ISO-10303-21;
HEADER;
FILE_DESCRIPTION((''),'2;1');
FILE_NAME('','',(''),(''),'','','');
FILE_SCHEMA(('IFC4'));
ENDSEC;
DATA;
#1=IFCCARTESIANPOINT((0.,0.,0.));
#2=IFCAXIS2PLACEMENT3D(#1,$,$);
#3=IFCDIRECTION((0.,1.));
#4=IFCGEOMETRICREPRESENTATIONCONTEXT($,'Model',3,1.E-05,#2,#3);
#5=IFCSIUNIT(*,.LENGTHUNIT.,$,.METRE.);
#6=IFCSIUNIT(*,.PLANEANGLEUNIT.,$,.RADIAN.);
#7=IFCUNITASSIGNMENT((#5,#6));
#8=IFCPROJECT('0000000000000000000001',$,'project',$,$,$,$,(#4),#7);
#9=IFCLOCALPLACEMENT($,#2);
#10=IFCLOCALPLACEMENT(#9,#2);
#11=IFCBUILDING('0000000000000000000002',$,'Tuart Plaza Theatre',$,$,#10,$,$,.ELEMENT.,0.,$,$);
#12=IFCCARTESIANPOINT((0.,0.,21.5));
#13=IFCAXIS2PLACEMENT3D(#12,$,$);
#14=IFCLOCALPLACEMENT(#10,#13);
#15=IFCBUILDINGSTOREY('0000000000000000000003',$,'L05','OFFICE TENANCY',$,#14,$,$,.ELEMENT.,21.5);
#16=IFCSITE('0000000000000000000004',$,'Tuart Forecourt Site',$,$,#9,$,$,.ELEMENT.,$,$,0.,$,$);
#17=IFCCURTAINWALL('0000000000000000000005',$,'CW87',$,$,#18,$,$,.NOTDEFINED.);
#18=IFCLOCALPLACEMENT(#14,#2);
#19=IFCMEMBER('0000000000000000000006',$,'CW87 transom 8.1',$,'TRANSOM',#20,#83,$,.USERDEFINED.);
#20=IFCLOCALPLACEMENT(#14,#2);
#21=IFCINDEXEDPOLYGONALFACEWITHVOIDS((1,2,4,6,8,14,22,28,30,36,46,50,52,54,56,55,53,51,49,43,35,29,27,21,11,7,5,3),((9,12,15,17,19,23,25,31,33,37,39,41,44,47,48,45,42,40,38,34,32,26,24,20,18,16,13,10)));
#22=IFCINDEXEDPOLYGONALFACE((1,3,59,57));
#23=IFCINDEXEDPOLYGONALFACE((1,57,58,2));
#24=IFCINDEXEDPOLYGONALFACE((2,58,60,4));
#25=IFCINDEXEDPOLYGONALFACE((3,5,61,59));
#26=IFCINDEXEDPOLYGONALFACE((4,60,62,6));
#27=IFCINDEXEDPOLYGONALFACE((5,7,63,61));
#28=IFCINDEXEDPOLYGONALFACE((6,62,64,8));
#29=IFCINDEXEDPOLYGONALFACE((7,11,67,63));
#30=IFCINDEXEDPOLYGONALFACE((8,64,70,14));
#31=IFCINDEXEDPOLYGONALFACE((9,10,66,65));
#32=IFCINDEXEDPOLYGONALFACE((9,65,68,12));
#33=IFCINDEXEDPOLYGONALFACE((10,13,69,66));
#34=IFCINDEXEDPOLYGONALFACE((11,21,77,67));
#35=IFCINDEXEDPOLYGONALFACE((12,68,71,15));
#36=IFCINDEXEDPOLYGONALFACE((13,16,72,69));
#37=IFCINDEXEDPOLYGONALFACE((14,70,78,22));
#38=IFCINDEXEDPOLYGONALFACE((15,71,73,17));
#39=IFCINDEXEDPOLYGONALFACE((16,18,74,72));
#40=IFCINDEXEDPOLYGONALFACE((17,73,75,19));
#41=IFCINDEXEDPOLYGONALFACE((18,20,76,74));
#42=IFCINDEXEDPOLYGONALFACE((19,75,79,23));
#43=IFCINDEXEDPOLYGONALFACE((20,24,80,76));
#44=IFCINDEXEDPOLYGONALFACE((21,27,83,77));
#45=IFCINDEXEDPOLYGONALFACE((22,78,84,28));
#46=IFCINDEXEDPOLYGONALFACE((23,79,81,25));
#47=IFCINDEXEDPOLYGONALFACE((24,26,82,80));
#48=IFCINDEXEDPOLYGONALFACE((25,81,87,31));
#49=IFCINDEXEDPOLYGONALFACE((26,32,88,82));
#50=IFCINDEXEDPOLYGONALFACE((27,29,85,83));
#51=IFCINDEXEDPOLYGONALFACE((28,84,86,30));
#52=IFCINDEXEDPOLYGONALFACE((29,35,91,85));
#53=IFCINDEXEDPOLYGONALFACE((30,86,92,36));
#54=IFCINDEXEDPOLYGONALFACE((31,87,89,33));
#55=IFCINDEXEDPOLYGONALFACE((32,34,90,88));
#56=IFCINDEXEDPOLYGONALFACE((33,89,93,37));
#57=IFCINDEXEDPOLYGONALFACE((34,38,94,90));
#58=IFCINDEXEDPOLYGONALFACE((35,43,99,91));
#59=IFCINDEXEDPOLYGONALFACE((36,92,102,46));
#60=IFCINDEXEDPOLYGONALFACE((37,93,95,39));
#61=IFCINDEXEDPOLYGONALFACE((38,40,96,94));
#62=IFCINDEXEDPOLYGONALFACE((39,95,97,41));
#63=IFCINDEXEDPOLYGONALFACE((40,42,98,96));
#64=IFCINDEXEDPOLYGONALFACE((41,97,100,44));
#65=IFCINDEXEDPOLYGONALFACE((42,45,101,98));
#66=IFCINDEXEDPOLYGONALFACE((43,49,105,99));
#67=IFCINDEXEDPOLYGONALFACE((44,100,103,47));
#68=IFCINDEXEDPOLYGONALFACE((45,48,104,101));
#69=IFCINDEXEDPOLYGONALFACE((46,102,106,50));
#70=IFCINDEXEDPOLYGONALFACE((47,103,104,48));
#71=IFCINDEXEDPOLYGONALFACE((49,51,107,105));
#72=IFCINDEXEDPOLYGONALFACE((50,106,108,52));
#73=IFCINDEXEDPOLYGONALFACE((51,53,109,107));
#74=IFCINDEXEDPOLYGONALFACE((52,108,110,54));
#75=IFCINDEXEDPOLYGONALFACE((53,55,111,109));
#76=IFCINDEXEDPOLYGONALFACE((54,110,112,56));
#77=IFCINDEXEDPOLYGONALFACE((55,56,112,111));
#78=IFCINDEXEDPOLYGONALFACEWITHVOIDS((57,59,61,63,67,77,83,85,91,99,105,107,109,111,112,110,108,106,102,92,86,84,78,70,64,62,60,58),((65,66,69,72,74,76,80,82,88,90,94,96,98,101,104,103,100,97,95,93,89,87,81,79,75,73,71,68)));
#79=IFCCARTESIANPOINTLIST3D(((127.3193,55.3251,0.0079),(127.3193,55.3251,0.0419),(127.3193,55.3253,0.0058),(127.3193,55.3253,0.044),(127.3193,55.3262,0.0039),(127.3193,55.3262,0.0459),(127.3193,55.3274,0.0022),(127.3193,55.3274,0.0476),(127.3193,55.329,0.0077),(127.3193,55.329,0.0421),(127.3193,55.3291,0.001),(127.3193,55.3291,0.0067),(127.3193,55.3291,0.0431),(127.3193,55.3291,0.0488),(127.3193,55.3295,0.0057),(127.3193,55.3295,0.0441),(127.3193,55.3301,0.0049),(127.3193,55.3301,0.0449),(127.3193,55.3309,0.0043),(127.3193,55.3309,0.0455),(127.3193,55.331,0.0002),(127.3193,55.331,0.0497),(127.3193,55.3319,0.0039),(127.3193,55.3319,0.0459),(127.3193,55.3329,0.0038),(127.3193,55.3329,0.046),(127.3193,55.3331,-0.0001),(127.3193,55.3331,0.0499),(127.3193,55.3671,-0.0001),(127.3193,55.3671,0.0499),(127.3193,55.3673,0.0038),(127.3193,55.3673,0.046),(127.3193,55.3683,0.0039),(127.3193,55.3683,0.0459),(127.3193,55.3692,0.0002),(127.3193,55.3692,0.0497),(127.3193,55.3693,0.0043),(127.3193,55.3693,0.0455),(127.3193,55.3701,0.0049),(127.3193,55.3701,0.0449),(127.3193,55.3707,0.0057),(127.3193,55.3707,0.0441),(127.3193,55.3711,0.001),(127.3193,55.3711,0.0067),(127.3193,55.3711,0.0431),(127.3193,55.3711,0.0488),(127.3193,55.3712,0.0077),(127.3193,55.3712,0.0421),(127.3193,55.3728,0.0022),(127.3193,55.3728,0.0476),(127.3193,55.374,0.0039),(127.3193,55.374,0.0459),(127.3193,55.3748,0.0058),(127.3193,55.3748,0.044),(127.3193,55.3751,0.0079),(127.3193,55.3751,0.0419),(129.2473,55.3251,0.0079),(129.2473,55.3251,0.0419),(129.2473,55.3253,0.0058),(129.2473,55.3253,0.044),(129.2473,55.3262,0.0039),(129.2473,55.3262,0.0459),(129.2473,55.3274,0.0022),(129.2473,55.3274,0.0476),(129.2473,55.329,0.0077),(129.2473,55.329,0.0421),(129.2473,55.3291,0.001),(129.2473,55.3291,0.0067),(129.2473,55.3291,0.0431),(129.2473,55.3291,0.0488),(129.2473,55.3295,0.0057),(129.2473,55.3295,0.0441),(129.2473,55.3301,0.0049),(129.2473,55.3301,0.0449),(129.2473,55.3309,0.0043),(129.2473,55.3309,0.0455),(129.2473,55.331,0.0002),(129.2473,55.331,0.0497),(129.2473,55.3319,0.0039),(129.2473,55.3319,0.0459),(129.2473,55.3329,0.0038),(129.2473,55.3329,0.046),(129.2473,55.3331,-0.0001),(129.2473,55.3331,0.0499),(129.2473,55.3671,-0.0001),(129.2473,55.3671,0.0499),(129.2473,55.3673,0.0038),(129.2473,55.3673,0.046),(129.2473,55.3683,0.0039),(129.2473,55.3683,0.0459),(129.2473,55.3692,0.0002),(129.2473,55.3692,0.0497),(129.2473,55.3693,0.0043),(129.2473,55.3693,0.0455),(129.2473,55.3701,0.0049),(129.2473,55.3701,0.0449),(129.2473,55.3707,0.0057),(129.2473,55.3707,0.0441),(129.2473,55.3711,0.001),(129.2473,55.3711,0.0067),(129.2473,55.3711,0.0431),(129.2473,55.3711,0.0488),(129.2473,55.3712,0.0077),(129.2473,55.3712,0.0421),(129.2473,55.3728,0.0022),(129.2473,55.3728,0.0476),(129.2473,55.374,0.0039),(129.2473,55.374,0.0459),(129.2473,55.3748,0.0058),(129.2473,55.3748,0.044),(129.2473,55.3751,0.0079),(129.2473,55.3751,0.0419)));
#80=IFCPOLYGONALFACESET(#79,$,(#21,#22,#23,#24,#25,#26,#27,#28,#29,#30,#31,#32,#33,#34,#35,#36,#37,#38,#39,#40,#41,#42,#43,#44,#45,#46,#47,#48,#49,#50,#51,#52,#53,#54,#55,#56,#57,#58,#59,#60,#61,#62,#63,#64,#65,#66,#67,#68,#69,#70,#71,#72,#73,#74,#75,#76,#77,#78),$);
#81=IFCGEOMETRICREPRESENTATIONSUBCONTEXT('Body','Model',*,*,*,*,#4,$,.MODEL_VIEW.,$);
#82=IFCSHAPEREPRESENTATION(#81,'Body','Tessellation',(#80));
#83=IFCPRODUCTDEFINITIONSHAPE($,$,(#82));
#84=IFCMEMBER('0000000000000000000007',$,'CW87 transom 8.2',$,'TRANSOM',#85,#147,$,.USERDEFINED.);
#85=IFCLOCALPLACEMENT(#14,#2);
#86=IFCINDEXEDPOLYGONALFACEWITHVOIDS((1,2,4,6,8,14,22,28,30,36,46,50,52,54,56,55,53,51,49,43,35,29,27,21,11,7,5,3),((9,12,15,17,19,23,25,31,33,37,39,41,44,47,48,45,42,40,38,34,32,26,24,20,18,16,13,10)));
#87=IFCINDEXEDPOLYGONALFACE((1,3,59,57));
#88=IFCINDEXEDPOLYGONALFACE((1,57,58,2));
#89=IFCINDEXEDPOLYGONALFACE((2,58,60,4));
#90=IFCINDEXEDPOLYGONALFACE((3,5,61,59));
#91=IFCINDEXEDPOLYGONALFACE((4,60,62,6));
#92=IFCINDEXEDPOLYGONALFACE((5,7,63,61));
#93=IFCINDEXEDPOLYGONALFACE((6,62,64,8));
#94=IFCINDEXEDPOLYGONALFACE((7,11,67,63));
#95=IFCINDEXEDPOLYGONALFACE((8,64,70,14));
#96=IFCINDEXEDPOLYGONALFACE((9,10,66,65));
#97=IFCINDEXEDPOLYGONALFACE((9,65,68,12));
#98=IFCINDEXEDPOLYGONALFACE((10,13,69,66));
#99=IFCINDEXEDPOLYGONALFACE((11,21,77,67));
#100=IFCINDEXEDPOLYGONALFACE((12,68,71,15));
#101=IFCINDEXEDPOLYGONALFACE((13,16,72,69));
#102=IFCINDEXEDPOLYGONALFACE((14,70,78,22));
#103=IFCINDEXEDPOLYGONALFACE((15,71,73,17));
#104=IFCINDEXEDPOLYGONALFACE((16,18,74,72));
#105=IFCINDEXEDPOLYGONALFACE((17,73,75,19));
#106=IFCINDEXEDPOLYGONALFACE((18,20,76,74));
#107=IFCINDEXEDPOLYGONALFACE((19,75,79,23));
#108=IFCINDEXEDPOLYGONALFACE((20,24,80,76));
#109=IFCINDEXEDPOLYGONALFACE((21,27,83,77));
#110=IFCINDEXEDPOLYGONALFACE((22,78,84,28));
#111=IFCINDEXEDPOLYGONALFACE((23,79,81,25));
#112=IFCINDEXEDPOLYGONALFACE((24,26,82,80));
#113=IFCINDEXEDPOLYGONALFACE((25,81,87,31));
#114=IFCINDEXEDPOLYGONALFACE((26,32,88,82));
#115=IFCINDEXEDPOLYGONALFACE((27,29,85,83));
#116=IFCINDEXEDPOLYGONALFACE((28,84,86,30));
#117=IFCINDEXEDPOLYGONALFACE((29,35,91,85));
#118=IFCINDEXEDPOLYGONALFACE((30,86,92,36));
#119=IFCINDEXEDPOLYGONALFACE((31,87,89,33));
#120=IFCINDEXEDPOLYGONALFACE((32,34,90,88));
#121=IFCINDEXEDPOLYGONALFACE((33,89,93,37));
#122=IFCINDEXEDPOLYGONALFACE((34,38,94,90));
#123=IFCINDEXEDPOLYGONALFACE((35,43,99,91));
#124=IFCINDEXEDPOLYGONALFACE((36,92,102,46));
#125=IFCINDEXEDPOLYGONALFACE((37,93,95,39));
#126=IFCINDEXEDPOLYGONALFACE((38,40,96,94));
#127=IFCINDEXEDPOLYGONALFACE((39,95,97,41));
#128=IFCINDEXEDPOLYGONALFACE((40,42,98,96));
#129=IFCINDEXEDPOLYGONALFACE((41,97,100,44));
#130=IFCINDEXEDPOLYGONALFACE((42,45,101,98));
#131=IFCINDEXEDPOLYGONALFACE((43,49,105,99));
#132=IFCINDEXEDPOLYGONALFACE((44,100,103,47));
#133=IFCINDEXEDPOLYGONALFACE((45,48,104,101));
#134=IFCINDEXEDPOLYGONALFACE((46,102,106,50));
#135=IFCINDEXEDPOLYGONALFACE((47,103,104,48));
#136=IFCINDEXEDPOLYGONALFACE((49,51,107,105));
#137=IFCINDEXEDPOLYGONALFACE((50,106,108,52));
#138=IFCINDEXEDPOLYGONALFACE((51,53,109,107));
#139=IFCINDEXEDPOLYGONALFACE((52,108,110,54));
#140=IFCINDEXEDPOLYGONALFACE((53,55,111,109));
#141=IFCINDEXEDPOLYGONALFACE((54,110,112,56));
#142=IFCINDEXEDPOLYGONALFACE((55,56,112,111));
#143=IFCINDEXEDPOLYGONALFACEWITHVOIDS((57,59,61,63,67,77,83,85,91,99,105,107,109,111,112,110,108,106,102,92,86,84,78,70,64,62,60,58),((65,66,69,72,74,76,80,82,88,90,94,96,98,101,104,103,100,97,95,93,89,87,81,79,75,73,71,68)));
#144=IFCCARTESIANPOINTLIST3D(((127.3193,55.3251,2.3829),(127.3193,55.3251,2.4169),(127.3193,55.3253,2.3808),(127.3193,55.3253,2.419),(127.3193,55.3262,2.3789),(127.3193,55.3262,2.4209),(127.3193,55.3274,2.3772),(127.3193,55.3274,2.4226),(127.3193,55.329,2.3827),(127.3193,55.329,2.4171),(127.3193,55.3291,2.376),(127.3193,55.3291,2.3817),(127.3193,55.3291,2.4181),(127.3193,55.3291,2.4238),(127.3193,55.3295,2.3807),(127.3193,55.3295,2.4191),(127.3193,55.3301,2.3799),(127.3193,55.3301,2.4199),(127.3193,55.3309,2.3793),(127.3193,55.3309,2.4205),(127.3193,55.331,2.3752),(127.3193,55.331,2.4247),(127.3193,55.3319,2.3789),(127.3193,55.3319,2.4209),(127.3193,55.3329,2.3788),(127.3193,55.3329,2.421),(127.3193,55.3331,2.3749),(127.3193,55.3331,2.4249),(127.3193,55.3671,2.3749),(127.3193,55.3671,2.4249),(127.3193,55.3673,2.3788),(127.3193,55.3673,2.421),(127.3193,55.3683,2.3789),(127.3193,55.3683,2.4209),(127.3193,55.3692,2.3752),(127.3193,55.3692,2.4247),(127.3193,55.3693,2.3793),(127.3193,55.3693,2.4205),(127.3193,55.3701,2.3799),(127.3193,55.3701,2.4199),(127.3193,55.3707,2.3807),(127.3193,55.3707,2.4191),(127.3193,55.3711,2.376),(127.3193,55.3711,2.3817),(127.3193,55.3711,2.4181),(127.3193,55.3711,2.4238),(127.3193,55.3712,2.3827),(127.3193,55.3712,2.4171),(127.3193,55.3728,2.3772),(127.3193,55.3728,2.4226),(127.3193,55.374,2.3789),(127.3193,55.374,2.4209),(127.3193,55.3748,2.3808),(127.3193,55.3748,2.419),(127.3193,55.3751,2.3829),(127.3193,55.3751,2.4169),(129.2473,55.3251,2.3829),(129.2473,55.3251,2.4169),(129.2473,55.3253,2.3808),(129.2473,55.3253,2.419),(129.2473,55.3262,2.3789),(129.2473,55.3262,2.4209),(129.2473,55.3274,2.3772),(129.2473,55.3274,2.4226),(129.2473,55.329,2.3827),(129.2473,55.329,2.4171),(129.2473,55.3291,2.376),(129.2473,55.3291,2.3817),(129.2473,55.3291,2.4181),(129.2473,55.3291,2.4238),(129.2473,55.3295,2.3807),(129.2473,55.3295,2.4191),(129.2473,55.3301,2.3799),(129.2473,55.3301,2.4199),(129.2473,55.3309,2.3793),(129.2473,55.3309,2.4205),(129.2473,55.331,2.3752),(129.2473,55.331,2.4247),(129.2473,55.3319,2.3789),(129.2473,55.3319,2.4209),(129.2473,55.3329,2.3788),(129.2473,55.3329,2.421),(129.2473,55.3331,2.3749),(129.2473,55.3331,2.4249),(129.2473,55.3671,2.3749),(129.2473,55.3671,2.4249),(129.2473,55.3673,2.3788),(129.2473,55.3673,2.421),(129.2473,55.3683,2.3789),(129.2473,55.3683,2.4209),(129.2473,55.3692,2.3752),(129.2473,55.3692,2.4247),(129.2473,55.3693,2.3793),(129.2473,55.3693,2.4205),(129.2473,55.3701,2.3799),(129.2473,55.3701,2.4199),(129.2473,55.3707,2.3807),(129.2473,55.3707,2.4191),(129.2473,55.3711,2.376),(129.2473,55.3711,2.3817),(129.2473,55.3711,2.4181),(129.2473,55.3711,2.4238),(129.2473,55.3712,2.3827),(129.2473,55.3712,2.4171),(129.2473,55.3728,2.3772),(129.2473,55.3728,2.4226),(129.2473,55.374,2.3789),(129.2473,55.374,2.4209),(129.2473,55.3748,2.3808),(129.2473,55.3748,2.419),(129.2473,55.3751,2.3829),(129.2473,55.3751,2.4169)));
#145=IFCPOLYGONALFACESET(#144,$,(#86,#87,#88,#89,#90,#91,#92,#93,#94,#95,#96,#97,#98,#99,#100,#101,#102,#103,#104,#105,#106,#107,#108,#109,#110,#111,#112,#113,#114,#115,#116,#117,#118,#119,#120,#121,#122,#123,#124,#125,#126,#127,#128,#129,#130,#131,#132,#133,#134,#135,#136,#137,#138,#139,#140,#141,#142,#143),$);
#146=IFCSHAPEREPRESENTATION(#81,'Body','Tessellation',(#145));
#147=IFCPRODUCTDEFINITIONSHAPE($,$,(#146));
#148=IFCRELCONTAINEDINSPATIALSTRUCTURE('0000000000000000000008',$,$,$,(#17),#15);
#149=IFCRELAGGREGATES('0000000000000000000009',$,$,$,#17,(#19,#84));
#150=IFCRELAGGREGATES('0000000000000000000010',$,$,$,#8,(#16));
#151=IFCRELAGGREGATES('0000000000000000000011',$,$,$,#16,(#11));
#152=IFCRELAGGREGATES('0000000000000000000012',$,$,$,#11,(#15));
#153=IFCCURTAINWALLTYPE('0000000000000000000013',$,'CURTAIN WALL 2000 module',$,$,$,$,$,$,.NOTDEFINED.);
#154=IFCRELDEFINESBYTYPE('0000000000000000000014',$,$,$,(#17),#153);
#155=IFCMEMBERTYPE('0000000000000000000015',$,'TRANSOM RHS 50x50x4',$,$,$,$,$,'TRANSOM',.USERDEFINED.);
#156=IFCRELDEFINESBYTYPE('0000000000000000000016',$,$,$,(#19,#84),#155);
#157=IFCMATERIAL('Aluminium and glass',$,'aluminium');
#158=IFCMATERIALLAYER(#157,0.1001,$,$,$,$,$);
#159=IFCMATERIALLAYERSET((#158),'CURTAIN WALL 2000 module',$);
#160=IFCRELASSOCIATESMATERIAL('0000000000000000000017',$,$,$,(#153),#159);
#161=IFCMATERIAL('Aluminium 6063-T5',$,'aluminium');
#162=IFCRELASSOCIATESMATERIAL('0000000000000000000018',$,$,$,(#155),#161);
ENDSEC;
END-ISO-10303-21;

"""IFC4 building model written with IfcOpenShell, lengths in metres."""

from ifc_helpers import new_model, si_unit, direction, frame, origin, origin_2d, place, context, subcontext, project, spatial, hollow_rectangle, extrude, material, layer, layer_set, material_profile, profile_set, type_object, element, aggregate, save


model = new_model("IFC4")

# Units and contexts
model_context = context("Model", 3, precision=1e-05, world=origin(), true_north=direction((0.0, 1.0)))
body_context = subcontext(model_context, "Body", "Model", "MODEL_VIEW")
ifc_project = project(units=[si_unit("LENGTHUNIT", "METRE"), si_unit("PLANEANGLEUNIT", "RADIAN")], contexts=[model_context])

# Site, building, storey
site_placement = place(None, origin())
site = spatial("IfcSite", under=ifc_project, at=site_placement, Name="Tuart Forecourt Site", CompositionType="ELEMENT", RefElevation=0.0)
building_placement = place(site_placement, origin())
building = spatial("IfcBuilding", under=site, at=building_placement, Name="Tuart Plaza Theatre", CompositionType="ELEMENT", ElevationOfRefHeight=0.0)
storey_placement = place(building_placement, frame((0.0, 0.0, 21.5)))
storey = spatial("IfcBuildingStorey", under=building, at=storey_placement, Name="L05", Description="OFFICE TENANCY", CompositionType="ELEMENT", Elevation=21.5)

# Shared definitions
ifc_material_1 = material(Name="Aluminium and glass", Category="aluminium")
ifc_layer_1 = layer(ifc_material_1, 0.1001)
ifc_layer_set_1 = layer_set([ifc_layer_1], Name="CURTAIN WALL 2000 module")
curtain_wall_type = type_object("IfcCurtainWallType", Name="CURTAIN WALL 2000 module", PredefinedType="NOTDEFINED", material=ifc_layer_set_1)

# Curtain wall
curtain_wall_1_placement = place(storey_placement, origin())
curtain_wall_1 = element("IfcCurtainWall", 1, at=curtain_wall_1_placement, inside=storey, type_object=curtain_wall_type, Name="CW87", PredefinedType="NOTDEFINED")

# Members
ifc_material_2 = material(Name="Aluminium 6063-T5", Category="aluminium")
ifc_material_profile_1 = material_profile(ifc_material_2, hollow_rectangle(XDim=0.05, YDim=0.05, WallThickness=0.0039, InnerFilletRadius=0.0039, OuterFilletRadius=0.0081, at=origin_2d()), Name="RHS 50x50x4")
ifc_profile_set_1 = profile_set([ifc_material_profile_1], Name="Aluminium 6063-T5")
member_type_1 = type_object("IfcMemberType", Name="TRANSOM RHS 50x50x4", ElementType="TRANSOM", PredefinedType="USERDEFINED", material=ifc_profile_set_1)
member_1_placement = place(storey_placement, frame((127.3193, 55.3501, 0.0249), z_axis=(1.0, 0.0, 0.0), x_axis=(0.0, 1.0, 0.0)))
member_1 = element("IfcMember", 2, at=member_1_placement, type_object=member_type_1, Name="CW87 transom 8.1", ObjectType="TRANSOM", PredefinedType="USERDEFINED", context=body_context, shape_type="SweptSolid", body=[
    extrude(hollow_rectangle(XDim=0.05, YDim=0.05, WallThickness=0.0039, InnerFilletRadius=0.0039, OuterFilletRadius=0.0081, at=origin_2d()), origin(), (0.0, 0.0, 1.0), 1.928),
])
member_2_placement = place(storey_placement, frame((127.3193, 55.3501, 2.3999), z_axis=(1.0, 0.0, 0.0), x_axis=(0.0, 1.0, 0.0)))
member_2 = element("IfcMember", 3, at=member_2_placement, type_object=member_type_1, Name="CW87 transom 8.2", ObjectType="TRANSOM", PredefinedType="USERDEFINED", context=body_context, shape_type="SweptSolid", body=[
    extrude(hollow_rectangle(XDim=0.05, YDim=0.05, WallThickness=0.0039, InnerFilletRadius=0.0039, OuterFilletRadius=0.0081, at=origin_2d()), origin(), (0.0, 0.0, 1.0), 1.928),
])

aggregate(curtain_wall_1, [member_1, member_2])

save(model, "model.ifc")
